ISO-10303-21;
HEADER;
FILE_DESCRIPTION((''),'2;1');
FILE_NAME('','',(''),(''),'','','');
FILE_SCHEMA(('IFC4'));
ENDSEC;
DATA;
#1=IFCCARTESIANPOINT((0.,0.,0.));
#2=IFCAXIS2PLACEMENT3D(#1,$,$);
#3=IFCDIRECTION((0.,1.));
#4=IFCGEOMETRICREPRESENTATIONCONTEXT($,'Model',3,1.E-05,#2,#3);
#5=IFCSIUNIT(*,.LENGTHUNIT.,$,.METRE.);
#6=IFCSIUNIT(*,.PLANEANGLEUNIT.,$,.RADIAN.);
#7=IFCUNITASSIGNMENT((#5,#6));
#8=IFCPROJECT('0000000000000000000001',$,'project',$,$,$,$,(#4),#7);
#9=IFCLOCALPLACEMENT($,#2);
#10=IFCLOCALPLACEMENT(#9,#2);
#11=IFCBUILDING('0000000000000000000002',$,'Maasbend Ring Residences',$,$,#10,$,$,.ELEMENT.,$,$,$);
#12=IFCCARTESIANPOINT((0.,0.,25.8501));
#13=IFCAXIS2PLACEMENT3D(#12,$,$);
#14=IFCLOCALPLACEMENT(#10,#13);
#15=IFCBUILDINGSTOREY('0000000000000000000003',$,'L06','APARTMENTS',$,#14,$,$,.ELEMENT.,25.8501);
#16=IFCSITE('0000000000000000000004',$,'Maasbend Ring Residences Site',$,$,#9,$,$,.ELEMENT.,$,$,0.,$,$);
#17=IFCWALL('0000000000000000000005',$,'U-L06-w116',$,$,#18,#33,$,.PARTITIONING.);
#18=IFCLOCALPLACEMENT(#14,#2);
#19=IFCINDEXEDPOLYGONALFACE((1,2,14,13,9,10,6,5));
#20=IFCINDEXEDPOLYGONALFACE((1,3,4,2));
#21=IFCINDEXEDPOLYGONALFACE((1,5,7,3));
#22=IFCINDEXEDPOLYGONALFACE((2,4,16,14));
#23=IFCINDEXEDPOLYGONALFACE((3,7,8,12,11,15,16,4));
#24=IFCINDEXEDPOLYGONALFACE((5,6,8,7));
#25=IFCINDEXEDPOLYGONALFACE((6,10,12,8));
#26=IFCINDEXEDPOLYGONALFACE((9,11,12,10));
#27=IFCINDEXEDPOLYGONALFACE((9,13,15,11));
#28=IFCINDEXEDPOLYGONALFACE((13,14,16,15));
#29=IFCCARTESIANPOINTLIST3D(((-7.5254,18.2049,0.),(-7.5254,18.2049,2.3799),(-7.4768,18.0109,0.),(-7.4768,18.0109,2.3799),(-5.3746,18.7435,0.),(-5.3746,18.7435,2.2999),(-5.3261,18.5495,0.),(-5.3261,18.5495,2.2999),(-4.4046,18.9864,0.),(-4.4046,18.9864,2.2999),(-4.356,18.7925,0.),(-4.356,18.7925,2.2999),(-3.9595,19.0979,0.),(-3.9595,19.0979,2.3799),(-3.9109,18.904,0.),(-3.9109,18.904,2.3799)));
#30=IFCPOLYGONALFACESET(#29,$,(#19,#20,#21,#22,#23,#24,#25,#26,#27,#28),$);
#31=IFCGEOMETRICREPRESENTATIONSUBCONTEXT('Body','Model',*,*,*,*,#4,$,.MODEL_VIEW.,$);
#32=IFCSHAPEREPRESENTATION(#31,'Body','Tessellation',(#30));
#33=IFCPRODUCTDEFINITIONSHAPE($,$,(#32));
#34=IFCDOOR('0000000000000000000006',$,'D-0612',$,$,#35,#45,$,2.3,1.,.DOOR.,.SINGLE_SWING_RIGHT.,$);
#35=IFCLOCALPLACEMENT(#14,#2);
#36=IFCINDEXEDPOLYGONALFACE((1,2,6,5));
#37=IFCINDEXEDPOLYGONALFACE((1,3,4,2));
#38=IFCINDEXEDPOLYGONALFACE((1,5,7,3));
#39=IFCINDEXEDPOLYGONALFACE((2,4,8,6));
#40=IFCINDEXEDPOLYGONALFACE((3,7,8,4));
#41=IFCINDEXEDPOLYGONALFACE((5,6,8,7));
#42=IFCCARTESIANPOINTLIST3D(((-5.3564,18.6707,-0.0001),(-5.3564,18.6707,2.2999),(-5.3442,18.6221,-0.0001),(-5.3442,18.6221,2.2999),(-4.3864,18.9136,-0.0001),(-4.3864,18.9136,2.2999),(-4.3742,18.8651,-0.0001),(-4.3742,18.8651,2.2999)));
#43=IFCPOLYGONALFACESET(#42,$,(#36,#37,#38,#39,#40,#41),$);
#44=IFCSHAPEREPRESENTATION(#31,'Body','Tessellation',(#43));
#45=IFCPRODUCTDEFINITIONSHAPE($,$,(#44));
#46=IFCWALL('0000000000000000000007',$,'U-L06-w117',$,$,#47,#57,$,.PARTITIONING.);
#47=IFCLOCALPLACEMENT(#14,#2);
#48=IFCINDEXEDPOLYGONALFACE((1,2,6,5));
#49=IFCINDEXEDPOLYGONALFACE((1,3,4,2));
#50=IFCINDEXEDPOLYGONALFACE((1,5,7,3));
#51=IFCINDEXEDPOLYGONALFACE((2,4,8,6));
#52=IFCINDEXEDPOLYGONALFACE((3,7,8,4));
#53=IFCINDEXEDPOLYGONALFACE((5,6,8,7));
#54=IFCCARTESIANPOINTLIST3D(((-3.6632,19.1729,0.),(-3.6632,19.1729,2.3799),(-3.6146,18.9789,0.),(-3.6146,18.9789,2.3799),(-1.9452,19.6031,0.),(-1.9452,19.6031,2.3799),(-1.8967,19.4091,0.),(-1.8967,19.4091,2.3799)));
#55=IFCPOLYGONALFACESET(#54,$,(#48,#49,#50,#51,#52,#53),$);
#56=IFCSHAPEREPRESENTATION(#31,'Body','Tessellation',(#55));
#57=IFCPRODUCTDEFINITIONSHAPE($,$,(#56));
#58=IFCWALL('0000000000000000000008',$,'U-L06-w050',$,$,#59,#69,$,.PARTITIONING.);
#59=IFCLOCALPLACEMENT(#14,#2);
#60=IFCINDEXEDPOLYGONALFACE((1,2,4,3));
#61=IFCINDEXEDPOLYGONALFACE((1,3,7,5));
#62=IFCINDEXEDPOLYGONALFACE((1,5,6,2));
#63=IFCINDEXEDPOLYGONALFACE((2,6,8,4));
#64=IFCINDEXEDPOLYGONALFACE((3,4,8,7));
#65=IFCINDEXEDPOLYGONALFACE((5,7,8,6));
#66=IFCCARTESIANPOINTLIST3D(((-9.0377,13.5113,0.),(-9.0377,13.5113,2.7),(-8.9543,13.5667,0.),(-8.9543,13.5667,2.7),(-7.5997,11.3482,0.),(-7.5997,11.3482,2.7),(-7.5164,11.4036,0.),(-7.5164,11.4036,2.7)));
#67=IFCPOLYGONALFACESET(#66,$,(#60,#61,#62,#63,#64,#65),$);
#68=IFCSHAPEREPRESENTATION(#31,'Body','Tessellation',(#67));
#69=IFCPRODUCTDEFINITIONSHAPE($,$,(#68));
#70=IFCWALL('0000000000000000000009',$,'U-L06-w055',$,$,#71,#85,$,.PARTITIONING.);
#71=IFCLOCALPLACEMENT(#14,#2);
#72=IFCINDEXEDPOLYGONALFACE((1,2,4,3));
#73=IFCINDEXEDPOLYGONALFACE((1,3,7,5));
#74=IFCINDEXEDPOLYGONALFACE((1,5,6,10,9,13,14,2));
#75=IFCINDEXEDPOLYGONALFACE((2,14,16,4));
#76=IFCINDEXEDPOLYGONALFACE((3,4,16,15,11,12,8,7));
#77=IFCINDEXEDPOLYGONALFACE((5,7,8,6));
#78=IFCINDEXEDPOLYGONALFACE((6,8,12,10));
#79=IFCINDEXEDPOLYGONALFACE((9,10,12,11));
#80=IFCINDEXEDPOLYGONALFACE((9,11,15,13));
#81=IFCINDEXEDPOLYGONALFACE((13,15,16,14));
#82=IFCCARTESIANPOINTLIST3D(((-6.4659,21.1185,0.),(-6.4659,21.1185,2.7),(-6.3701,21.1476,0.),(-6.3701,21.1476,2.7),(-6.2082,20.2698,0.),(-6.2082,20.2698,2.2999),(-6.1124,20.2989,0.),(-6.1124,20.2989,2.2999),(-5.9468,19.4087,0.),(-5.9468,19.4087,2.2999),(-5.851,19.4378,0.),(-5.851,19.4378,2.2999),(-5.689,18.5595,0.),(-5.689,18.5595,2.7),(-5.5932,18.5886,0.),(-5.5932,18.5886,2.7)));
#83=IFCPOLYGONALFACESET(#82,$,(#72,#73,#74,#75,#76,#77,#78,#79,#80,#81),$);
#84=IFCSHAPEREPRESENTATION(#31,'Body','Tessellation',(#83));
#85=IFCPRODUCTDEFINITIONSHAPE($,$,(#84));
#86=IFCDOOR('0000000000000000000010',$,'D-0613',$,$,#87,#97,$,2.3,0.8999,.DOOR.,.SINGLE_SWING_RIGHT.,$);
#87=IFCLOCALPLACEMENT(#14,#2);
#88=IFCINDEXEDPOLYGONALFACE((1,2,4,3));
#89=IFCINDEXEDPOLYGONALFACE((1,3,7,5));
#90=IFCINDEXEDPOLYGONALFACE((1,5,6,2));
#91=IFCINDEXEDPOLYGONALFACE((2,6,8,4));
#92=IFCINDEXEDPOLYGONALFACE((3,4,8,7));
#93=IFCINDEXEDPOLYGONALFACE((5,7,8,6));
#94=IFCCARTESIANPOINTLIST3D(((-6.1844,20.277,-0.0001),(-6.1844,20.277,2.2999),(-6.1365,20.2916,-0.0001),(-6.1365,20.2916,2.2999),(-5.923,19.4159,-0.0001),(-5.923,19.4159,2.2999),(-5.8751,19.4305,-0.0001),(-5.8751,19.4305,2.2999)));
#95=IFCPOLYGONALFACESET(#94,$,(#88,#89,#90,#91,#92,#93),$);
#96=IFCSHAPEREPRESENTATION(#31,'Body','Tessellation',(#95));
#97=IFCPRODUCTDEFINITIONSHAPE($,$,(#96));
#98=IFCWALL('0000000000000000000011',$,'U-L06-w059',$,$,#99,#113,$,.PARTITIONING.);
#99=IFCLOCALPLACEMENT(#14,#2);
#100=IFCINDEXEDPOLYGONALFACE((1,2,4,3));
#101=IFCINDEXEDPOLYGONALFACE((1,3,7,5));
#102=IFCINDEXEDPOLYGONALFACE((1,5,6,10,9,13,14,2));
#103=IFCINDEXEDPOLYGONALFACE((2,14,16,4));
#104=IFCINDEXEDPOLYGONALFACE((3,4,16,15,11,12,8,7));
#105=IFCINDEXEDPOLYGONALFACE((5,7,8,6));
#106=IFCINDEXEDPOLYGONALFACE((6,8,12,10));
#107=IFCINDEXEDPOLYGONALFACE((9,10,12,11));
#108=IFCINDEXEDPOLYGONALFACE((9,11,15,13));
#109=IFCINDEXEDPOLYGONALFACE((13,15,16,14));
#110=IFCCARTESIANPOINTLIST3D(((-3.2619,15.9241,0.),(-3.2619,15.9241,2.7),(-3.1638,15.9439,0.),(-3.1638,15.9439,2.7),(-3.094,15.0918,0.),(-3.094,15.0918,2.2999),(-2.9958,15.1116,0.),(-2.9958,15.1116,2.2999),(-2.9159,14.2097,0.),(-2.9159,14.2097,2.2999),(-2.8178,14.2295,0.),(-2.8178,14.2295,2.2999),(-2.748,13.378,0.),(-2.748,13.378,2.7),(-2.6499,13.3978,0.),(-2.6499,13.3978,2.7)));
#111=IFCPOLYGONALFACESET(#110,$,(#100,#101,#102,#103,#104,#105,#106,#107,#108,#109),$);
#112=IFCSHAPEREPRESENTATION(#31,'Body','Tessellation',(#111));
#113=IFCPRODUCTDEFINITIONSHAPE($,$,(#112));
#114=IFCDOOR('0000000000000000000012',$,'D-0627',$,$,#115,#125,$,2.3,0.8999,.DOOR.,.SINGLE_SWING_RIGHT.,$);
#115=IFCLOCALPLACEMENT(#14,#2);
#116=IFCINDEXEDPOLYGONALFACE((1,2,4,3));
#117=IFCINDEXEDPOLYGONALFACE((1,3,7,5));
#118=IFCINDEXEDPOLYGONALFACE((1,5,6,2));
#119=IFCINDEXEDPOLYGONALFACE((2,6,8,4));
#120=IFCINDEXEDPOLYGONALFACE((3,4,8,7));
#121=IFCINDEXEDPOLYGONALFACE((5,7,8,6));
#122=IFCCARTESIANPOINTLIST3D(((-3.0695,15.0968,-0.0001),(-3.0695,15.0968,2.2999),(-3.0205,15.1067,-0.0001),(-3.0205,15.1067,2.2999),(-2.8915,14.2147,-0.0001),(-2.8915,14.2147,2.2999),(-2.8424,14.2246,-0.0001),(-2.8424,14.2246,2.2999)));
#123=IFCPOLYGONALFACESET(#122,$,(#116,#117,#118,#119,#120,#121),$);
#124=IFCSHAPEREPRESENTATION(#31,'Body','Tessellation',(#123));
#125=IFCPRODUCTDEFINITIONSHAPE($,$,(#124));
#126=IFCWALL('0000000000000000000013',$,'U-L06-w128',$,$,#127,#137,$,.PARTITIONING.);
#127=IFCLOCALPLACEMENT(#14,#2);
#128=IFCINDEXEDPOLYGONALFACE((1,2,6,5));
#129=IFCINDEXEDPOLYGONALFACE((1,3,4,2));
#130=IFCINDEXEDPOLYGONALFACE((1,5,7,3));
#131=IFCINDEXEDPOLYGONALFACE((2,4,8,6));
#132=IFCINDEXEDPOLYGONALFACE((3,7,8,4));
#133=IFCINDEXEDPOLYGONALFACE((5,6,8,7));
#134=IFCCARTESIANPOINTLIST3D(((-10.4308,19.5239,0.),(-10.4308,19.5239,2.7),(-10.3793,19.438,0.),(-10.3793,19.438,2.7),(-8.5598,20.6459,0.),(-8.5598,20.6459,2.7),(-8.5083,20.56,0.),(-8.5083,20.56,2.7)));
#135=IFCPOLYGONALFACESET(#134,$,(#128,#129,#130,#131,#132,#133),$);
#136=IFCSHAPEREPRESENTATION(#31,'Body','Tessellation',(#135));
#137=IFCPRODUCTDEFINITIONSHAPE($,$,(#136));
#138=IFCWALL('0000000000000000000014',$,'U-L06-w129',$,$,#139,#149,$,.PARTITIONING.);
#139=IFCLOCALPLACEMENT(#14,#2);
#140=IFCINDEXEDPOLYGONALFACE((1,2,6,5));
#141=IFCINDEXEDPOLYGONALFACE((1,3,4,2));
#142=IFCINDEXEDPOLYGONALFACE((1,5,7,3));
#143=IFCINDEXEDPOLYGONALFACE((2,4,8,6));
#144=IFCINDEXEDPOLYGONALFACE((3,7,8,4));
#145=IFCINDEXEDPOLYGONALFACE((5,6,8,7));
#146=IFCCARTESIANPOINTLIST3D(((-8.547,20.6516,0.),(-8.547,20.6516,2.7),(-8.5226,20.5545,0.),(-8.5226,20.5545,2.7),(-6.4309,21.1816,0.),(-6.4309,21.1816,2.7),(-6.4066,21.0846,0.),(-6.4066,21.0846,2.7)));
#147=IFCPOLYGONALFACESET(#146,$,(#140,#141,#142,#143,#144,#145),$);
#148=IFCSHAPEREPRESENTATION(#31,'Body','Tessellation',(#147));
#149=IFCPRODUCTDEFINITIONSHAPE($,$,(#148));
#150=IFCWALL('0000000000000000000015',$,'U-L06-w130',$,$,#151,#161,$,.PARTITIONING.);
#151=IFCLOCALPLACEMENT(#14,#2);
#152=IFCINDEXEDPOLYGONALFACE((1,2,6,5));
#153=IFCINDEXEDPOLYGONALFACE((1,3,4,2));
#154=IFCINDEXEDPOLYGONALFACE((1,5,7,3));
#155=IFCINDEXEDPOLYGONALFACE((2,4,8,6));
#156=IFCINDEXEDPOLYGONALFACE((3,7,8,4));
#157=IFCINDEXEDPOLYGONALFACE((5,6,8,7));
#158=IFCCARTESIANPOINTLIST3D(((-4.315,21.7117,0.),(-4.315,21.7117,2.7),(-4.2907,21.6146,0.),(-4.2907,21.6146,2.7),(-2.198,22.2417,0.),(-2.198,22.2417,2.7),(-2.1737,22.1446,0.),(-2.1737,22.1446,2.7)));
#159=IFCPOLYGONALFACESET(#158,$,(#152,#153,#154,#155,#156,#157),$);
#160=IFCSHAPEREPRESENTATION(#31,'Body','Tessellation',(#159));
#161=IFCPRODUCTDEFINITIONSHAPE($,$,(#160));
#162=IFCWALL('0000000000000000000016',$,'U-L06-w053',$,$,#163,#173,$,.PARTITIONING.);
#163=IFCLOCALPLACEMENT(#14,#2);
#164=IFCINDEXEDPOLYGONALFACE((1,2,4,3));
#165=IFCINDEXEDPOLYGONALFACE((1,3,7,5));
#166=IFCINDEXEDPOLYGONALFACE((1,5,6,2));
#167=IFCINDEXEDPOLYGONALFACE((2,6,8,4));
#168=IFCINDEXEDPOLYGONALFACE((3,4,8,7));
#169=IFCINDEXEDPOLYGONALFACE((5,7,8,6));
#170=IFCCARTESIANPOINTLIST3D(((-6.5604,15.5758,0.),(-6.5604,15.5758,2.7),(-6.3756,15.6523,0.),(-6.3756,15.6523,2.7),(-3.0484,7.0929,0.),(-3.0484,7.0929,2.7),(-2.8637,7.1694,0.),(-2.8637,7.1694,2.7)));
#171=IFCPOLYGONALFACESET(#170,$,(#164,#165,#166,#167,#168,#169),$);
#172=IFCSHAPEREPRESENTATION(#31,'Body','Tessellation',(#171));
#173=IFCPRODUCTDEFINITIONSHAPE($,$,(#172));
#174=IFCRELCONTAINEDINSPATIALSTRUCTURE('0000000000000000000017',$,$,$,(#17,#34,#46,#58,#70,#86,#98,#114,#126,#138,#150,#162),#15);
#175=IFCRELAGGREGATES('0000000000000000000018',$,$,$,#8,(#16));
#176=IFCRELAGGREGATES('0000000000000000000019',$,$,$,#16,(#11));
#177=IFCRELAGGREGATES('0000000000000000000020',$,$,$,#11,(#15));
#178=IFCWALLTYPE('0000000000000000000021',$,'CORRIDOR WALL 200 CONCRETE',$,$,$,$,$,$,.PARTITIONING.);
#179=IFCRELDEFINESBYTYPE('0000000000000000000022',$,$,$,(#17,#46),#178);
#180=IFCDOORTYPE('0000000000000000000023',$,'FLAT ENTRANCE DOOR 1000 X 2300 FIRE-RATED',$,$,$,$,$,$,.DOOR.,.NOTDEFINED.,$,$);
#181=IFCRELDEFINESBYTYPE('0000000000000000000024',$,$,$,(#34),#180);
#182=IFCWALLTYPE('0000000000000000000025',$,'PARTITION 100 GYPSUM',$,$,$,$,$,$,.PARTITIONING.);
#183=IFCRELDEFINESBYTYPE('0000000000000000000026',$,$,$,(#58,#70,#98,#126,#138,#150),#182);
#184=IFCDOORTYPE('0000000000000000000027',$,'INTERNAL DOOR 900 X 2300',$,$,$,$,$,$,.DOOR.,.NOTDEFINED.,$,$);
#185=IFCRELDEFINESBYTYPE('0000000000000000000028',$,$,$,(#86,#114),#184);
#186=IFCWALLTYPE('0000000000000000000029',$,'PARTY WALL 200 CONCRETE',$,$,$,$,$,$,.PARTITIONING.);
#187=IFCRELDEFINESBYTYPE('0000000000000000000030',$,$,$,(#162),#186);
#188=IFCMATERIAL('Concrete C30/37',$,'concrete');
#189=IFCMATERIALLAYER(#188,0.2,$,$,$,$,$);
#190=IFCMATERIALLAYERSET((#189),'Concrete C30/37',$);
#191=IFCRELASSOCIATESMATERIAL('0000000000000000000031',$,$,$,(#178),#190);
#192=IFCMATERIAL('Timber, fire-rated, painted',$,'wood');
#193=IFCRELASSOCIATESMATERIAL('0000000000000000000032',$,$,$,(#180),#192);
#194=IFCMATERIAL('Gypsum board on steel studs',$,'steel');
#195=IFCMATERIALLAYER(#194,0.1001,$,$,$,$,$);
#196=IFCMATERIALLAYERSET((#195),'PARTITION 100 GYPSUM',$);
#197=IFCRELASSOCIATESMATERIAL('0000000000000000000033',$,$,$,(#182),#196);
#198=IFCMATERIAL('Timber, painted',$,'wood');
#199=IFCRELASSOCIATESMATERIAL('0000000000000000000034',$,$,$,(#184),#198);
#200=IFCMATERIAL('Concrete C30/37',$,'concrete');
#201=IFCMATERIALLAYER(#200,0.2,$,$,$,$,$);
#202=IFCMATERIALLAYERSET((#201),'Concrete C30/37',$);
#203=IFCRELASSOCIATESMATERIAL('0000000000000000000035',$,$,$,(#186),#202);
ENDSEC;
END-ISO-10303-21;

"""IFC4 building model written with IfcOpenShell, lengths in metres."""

from ifc_helpers import new_model, si_unit, direction, frame, frame_2d, origin, place, context, subcontext, project, spatial, rectangle, extrude, material, layer, layer_set, type_object, element, fill, save


model = new_model("IFC4")

# Units and contexts
model_context = context("Model", 3, precision=1e-05, world=origin(), true_north=direction((0.0, 1.0)))
body_context = subcontext(model_context, "Body", "Model", "MODEL_VIEW")
ifc_project = project(units=[si_unit("LENGTHUNIT", "METRE"), si_unit("PLANEANGLEUNIT", "RADIAN")], contexts=[model_context])

# Site, building, storey
site_placement = place(None, origin())
site = spatial("IfcSite", under=ifc_project, at=site_placement, Name="Maasbend Ring Residences Site", CompositionType="ELEMENT", RefElevation=0.0)
building_placement = place(site_placement, origin())
building = spatial("IfcBuilding", under=site, at=building_placement, Name="Maasbend Ring Residences", CompositionType="ELEMENT")
storey_placement = place(building_placement, frame((0.0, 0.0, 25.8501)))
storey = spatial("IfcBuildingStorey", under=building, at=storey_placement, Name="L06", Description="APARTMENTS", CompositionType="ELEMENT", Elevation=25.8501)

# Wall, opening, door
ifc_material_1 = material(Name="Concrete C30/37", Category="concrete")
ifc_layer_1 = layer(ifc_material_1, 0.2)
ifc_layer_set_1 = layer_set([ifc_layer_1], Name="Concrete C30/37")
wall_type_1 = type_object("IfcWallType", Name="CORRIDOR WALL 200 CONCRETE", PredefinedType="PARTITIONING", material=ifc_layer_set_1)
ifc_material_2 = material(Name="Timber, fire-rated, painted", Category="wood")
door_type_1 = type_object("IfcDoorType", Name="FLAT ENTRANCE DOOR 1000 X 2300 FIRE-RATED", OperationType="NOTDEFINED", PredefinedType="DOOR", material=ifc_material_2)
wall_1_placement = place(storey_placement, frame((-7.501, 18.1079, 0.0), z_axis=(0.0, 0.0, 1.0), x_axis=(0.970041, 0.242942, 0.0)))
wall_1 = element("IfcWall", 1, at=wall_1_placement, inside=storey, type_object=wall_type_1, Name="U-L06-w116", PredefinedType="PARTITIONING", context=body_context, shape_type="SweptSolid", body=[
    extrude(rectangle(XDim=3.676, YDim=0.2, at=frame_2d((1.8379, 0.0))), origin(), (0.0, 0.0, 1.0), 2.3799),
])
opening_1_placement = place(wall_1_placement, frame((2.217, 0.0, 0.0)))
opening_1 = element("IfcOpeningElement", 2, at=opening_1_placement, cuts=wall_1, PredefinedType="OPENING", context=body_context, shape_type="SweptSolid", body=[
    extrude(rectangle(XDim=1.0, YDim=2.3, at=frame_2d((0.5, 1.1499))), frame((0.0, 0.1099, 0.0), z_axis=(0.0, -1.0, 0.0), x_axis=(1.0, 0.0, 0.0)), (0.0, 0.0, 1.0), 0.22),
])
door_1_placement = place(opening_1_placement, origin())
door_1 = element("IfcDoor", 3, at=door_1_placement, inside=storey, type_object=door_type_1, Name="D-0612", OperationType="SINGLE_SWING_RIGHT", OverallHeight=2.3, OverallWidth=1.0, PredefinedType="DOOR", context=body_context, shape_type="SweptSolid", body=[
    extrude(rectangle(XDim=1.0, YDim=2.3, at=frame_2d((0.5, 1.1499))), frame((0.0, 0.0249, 0.0), z_axis=(0.0, -1.0, 0.0), x_axis=(1.0, 0.0, 0.0)), (0.0, 0.0, 1.0), 0.05),
])
fill(opening_1, door_1)

# Walls
wall_2_placement = place(storey_placement, frame((-3.6389, 19.0759, 0.0), z_axis=(0.0, 0.0, 1.0), x_axis=(0.970053, 0.242892, 0.0)))
element("IfcWall", 4, at=wall_2_placement, inside=storey, type_object=wall_type_1, Name="U-L06-w117", PredefinedType="PARTITIONING", context=body_context, shape_type="SweptSolid", body=[
    extrude(rectangle(XDim=1.771, YDim=0.2, at=frame_2d((0.8855, 0.0))), origin(), (0.0, 0.0, 1.0), 2.3799),
])
ifc_material_3 = material(Name="Gypsum board on steel studs", Category="steel")
ifc_layer_2 = layer(ifc_material_3, 0.1001)
ifc_layer_set_2 = layer_set([ifc_layer_2], Name="PARTITION 100 GYPSUM")
wall_type_2 = type_object("IfcWallType", Name="PARTITION 100 GYPSUM", PredefinedType="PARTITIONING", material=ifc_layer_set_2)
wall_3_placement = place(storey_placement, frame((-8.9961, 13.5391, 0.0), z_axis=(0.0, 0.0, 1.0), x_axis=(0.553615, -0.832773, 0.0)))
element("IfcWall", 5, at=wall_3_placement, inside=storey, type_object=wall_type_2, Name="U-L06-w050", PredefinedType="PARTITIONING", context=body_context, shape_type="SweptSolid", body=[
    extrude(rectangle(XDim=2.5974, YDim=0.1001, at=frame_2d((1.2988, 0.0))), origin(), (0.0, 0.0, 1.0), 2.7),
])

# Walls, openings, doors
wall_4_placement = place(storey_placement, frame((-6.418, 21.1331, 0.0), z_axis=(0.0, 0.0, 1.0), x_axis=(0.290479, -0.956881, 0.0)))
wall_4 = element("IfcWall", 6, at=wall_4_placement, inside=storey, type_object=wall_type_2, Name="U-L06-w055", PredefinedType="PARTITIONING", context=body_context, shape_type="SweptSolid", body=[
    extrude(rectangle(XDim=2.6743, YDim=0.1001, at=frame_2d((1.3372, 0.0))), origin(), (0.0, 0.0, 1.0), 2.7),
])
opening_2_placement = place(wall_4_placement, frame((0.887, 0.0, 0.0)))
opening_2 = element("IfcOpeningElement", 7, at=opening_2_placement, cuts=wall_4, PredefinedType="OPENING", context=body_context, shape_type="SweptSolid", body=[
    extrude(rectangle(XDim=0.8999, YDim=2.3, at=frame_2d((0.45, 1.1499))), frame((0.0, 0.0601, 0.0), z_axis=(0.0, -1.0, 0.0), x_axis=(1.0, 0.0, 0.0)), (0.0, 0.0, 1.0), 0.1201),
])
ifc_material_4 = material(Name="Timber, painted", Category="wood")
door_type_2 = type_object("IfcDoorType", Name="INTERNAL DOOR 900 X 2300", OperationType="NOTDEFINED", PredefinedType="DOOR", material=ifc_material_4)
door_2_placement = place(opening_2_placement, origin())
door_2 = element("IfcDoor", 8, at=door_2_placement, inside=storey, type_object=door_type_2, Name="D-0613", OperationType="SINGLE_SWING_RIGHT", OverallHeight=2.3, OverallWidth=0.8999, PredefinedType="DOOR", context=body_context, shape_type="SweptSolid", body=[
    extrude(rectangle(XDim=0.8999, YDim=2.3, at=frame_2d((0.45, 1.1499))), frame((0.0, 0.0249, 0.0), z_axis=(0.0, -1.0, 0.0), x_axis=(1.0, 0.0, 0.0)), (0.0, 0.0, 1.0), 0.05),
])
fill(opening_2, door_2)
wall_5_placement = place(storey_placement, frame((-3.2129, 15.9341, 0.0), z_axis=(0.0, 0.0, 1.0), x_axis=(0.197851, -0.980232, 0.0)))
wall_5 = element("IfcWall", 9, at=wall_5_placement, inside=storey, type_object=wall_type_2, Name="U-L06-w059", PredefinedType="PARTITIONING", context=body_context, shape_type="SweptSolid", body=[
    extrude(rectangle(XDim=2.5974, YDim=0.1001, at=frame_2d((1.2988, 0.0))), origin(), (0.0, 0.0, 1.0), 2.7),
])
opening_3_placement = place(wall_5_placement, frame((0.8491, 0.0, 0.0)))
opening_3 = element("IfcOpeningElement", 10, at=opening_3_placement, cuts=wall_5, PredefinedType="OPENING", context=body_context, shape_type="SweptSolid", body=[
    extrude(rectangle(XDim=0.8999, YDim=2.3, at=frame_2d((0.45, 1.1499))), frame((0.0, 0.0601, 0.0), z_axis=(0.0, -1.0, 0.0), x_axis=(1.0, 0.0, 0.0)), (0.0, 0.0, 1.0), 0.1201),
])
door_3_placement = place(opening_3_placement, origin())
door_3 = element("IfcDoor", 11, at=door_3_placement, inside=storey, type_object=door_type_2, Name="D-0627", OperationType="SINGLE_SWING_RIGHT", OverallHeight=2.3, OverallWidth=0.8999, PredefinedType="DOOR", context=body_context, shape_type="SweptSolid", body=[
    extrude(rectangle(XDim=0.8999, YDim=2.3, at=frame_2d((0.45, 1.1499))), frame((0.0, 0.0249, 0.0), z_axis=(0.0, -1.0, 0.0), x_axis=(1.0, 0.0, 0.0)), (0.0, 0.0, 1.0), 0.05),
])
fill(opening_3, door_3)

# Walls
wall_6_placement = place(storey_placement, frame((-10.405, 19.481, 0.0), z_axis=(0.0, 0.0, 1.0), x_axis=(0.857611, 0.514298, 0.0)))
element("IfcWall", 12, at=wall_6_placement, inside=storey, type_object=wall_type_2, Name="U-L06-w128", PredefinedType="PARTITIONING", context=body_context, shape_type="SweptSolid", body=[
    extrude(rectangle(XDim=2.1816, YDim=0.1001, at=frame_2d((1.0908, 0.0))), origin(), (0.0, 0.0, 1.0), 2.7),
])
wall_7_placement = place(storey_placement, frame((-8.5349, 20.603, 0.0), z_axis=(0.0, 0.0, 1.0), x_axis=(0.97003, 0.242983, 0.0)))
element("IfcWall", 13, at=wall_7_placement, inside=storey, type_object=wall_type_2, Name="U-L06-w129", PredefinedType="PARTITIONING", context=body_context, shape_type="SweptSolid", body=[
    extrude(rectangle(XDim=2.1814, YDim=0.1001, at=frame_2d((1.0908, 0.0))), origin(), (0.0, 0.0, 1.0), 2.7),
])
wall_8_placement = place(storey_placement, frame((-4.303, 21.6631, 0.0), z_axis=(0.0, 0.0, 1.0), x_axis=(0.970057, 0.242878, 0.0)))
element("IfcWall", 14, at=wall_8_placement, inside=storey, type_object=wall_type_2, Name="U-L06-w130", PredefinedType="PARTITIONING", context=body_context, shape_type="SweptSolid", body=[
    extrude(rectangle(XDim=2.1824, YDim=0.1001, at=frame_2d((1.0913, 0.0))), origin(), (0.0, 0.0, 1.0), 2.7),
])
ifc_material_5 = material(Name="Concrete C30/37", Category="concrete")
ifc_layer_3 = layer(ifc_material_5, 0.2)
ifc_layer_set_3 = layer_set([ifc_layer_3], Name="Concrete C30/37")
wall_type_3 = type_object("IfcWallType", Name="PARTY WALL 200 CONCRETE", PredefinedType="PARTITIONING", material=ifc_layer_set_3)
wall_9_placement = place(storey_placement, frame((-6.468, 15.614, 0.0), z_axis=(0.0, 0.0, 1.0), x_axis=(0.382519, -0.923948, 0.0)))
element("IfcWall", 15, at=wall_9_placement, inside=storey, type_object=wall_type_3, Name="U-L06-w053", PredefinedType="PARTITIONING", context=body_context, shape_type="SweptSolid", body=[
    extrude(rectangle(XDim=9.1812, YDim=0.2, at=frame_2d((4.5906, 0.0))), origin(), (0.0, 0.0, 1.0), 2.7),
])

save(model, "model.ifc")
